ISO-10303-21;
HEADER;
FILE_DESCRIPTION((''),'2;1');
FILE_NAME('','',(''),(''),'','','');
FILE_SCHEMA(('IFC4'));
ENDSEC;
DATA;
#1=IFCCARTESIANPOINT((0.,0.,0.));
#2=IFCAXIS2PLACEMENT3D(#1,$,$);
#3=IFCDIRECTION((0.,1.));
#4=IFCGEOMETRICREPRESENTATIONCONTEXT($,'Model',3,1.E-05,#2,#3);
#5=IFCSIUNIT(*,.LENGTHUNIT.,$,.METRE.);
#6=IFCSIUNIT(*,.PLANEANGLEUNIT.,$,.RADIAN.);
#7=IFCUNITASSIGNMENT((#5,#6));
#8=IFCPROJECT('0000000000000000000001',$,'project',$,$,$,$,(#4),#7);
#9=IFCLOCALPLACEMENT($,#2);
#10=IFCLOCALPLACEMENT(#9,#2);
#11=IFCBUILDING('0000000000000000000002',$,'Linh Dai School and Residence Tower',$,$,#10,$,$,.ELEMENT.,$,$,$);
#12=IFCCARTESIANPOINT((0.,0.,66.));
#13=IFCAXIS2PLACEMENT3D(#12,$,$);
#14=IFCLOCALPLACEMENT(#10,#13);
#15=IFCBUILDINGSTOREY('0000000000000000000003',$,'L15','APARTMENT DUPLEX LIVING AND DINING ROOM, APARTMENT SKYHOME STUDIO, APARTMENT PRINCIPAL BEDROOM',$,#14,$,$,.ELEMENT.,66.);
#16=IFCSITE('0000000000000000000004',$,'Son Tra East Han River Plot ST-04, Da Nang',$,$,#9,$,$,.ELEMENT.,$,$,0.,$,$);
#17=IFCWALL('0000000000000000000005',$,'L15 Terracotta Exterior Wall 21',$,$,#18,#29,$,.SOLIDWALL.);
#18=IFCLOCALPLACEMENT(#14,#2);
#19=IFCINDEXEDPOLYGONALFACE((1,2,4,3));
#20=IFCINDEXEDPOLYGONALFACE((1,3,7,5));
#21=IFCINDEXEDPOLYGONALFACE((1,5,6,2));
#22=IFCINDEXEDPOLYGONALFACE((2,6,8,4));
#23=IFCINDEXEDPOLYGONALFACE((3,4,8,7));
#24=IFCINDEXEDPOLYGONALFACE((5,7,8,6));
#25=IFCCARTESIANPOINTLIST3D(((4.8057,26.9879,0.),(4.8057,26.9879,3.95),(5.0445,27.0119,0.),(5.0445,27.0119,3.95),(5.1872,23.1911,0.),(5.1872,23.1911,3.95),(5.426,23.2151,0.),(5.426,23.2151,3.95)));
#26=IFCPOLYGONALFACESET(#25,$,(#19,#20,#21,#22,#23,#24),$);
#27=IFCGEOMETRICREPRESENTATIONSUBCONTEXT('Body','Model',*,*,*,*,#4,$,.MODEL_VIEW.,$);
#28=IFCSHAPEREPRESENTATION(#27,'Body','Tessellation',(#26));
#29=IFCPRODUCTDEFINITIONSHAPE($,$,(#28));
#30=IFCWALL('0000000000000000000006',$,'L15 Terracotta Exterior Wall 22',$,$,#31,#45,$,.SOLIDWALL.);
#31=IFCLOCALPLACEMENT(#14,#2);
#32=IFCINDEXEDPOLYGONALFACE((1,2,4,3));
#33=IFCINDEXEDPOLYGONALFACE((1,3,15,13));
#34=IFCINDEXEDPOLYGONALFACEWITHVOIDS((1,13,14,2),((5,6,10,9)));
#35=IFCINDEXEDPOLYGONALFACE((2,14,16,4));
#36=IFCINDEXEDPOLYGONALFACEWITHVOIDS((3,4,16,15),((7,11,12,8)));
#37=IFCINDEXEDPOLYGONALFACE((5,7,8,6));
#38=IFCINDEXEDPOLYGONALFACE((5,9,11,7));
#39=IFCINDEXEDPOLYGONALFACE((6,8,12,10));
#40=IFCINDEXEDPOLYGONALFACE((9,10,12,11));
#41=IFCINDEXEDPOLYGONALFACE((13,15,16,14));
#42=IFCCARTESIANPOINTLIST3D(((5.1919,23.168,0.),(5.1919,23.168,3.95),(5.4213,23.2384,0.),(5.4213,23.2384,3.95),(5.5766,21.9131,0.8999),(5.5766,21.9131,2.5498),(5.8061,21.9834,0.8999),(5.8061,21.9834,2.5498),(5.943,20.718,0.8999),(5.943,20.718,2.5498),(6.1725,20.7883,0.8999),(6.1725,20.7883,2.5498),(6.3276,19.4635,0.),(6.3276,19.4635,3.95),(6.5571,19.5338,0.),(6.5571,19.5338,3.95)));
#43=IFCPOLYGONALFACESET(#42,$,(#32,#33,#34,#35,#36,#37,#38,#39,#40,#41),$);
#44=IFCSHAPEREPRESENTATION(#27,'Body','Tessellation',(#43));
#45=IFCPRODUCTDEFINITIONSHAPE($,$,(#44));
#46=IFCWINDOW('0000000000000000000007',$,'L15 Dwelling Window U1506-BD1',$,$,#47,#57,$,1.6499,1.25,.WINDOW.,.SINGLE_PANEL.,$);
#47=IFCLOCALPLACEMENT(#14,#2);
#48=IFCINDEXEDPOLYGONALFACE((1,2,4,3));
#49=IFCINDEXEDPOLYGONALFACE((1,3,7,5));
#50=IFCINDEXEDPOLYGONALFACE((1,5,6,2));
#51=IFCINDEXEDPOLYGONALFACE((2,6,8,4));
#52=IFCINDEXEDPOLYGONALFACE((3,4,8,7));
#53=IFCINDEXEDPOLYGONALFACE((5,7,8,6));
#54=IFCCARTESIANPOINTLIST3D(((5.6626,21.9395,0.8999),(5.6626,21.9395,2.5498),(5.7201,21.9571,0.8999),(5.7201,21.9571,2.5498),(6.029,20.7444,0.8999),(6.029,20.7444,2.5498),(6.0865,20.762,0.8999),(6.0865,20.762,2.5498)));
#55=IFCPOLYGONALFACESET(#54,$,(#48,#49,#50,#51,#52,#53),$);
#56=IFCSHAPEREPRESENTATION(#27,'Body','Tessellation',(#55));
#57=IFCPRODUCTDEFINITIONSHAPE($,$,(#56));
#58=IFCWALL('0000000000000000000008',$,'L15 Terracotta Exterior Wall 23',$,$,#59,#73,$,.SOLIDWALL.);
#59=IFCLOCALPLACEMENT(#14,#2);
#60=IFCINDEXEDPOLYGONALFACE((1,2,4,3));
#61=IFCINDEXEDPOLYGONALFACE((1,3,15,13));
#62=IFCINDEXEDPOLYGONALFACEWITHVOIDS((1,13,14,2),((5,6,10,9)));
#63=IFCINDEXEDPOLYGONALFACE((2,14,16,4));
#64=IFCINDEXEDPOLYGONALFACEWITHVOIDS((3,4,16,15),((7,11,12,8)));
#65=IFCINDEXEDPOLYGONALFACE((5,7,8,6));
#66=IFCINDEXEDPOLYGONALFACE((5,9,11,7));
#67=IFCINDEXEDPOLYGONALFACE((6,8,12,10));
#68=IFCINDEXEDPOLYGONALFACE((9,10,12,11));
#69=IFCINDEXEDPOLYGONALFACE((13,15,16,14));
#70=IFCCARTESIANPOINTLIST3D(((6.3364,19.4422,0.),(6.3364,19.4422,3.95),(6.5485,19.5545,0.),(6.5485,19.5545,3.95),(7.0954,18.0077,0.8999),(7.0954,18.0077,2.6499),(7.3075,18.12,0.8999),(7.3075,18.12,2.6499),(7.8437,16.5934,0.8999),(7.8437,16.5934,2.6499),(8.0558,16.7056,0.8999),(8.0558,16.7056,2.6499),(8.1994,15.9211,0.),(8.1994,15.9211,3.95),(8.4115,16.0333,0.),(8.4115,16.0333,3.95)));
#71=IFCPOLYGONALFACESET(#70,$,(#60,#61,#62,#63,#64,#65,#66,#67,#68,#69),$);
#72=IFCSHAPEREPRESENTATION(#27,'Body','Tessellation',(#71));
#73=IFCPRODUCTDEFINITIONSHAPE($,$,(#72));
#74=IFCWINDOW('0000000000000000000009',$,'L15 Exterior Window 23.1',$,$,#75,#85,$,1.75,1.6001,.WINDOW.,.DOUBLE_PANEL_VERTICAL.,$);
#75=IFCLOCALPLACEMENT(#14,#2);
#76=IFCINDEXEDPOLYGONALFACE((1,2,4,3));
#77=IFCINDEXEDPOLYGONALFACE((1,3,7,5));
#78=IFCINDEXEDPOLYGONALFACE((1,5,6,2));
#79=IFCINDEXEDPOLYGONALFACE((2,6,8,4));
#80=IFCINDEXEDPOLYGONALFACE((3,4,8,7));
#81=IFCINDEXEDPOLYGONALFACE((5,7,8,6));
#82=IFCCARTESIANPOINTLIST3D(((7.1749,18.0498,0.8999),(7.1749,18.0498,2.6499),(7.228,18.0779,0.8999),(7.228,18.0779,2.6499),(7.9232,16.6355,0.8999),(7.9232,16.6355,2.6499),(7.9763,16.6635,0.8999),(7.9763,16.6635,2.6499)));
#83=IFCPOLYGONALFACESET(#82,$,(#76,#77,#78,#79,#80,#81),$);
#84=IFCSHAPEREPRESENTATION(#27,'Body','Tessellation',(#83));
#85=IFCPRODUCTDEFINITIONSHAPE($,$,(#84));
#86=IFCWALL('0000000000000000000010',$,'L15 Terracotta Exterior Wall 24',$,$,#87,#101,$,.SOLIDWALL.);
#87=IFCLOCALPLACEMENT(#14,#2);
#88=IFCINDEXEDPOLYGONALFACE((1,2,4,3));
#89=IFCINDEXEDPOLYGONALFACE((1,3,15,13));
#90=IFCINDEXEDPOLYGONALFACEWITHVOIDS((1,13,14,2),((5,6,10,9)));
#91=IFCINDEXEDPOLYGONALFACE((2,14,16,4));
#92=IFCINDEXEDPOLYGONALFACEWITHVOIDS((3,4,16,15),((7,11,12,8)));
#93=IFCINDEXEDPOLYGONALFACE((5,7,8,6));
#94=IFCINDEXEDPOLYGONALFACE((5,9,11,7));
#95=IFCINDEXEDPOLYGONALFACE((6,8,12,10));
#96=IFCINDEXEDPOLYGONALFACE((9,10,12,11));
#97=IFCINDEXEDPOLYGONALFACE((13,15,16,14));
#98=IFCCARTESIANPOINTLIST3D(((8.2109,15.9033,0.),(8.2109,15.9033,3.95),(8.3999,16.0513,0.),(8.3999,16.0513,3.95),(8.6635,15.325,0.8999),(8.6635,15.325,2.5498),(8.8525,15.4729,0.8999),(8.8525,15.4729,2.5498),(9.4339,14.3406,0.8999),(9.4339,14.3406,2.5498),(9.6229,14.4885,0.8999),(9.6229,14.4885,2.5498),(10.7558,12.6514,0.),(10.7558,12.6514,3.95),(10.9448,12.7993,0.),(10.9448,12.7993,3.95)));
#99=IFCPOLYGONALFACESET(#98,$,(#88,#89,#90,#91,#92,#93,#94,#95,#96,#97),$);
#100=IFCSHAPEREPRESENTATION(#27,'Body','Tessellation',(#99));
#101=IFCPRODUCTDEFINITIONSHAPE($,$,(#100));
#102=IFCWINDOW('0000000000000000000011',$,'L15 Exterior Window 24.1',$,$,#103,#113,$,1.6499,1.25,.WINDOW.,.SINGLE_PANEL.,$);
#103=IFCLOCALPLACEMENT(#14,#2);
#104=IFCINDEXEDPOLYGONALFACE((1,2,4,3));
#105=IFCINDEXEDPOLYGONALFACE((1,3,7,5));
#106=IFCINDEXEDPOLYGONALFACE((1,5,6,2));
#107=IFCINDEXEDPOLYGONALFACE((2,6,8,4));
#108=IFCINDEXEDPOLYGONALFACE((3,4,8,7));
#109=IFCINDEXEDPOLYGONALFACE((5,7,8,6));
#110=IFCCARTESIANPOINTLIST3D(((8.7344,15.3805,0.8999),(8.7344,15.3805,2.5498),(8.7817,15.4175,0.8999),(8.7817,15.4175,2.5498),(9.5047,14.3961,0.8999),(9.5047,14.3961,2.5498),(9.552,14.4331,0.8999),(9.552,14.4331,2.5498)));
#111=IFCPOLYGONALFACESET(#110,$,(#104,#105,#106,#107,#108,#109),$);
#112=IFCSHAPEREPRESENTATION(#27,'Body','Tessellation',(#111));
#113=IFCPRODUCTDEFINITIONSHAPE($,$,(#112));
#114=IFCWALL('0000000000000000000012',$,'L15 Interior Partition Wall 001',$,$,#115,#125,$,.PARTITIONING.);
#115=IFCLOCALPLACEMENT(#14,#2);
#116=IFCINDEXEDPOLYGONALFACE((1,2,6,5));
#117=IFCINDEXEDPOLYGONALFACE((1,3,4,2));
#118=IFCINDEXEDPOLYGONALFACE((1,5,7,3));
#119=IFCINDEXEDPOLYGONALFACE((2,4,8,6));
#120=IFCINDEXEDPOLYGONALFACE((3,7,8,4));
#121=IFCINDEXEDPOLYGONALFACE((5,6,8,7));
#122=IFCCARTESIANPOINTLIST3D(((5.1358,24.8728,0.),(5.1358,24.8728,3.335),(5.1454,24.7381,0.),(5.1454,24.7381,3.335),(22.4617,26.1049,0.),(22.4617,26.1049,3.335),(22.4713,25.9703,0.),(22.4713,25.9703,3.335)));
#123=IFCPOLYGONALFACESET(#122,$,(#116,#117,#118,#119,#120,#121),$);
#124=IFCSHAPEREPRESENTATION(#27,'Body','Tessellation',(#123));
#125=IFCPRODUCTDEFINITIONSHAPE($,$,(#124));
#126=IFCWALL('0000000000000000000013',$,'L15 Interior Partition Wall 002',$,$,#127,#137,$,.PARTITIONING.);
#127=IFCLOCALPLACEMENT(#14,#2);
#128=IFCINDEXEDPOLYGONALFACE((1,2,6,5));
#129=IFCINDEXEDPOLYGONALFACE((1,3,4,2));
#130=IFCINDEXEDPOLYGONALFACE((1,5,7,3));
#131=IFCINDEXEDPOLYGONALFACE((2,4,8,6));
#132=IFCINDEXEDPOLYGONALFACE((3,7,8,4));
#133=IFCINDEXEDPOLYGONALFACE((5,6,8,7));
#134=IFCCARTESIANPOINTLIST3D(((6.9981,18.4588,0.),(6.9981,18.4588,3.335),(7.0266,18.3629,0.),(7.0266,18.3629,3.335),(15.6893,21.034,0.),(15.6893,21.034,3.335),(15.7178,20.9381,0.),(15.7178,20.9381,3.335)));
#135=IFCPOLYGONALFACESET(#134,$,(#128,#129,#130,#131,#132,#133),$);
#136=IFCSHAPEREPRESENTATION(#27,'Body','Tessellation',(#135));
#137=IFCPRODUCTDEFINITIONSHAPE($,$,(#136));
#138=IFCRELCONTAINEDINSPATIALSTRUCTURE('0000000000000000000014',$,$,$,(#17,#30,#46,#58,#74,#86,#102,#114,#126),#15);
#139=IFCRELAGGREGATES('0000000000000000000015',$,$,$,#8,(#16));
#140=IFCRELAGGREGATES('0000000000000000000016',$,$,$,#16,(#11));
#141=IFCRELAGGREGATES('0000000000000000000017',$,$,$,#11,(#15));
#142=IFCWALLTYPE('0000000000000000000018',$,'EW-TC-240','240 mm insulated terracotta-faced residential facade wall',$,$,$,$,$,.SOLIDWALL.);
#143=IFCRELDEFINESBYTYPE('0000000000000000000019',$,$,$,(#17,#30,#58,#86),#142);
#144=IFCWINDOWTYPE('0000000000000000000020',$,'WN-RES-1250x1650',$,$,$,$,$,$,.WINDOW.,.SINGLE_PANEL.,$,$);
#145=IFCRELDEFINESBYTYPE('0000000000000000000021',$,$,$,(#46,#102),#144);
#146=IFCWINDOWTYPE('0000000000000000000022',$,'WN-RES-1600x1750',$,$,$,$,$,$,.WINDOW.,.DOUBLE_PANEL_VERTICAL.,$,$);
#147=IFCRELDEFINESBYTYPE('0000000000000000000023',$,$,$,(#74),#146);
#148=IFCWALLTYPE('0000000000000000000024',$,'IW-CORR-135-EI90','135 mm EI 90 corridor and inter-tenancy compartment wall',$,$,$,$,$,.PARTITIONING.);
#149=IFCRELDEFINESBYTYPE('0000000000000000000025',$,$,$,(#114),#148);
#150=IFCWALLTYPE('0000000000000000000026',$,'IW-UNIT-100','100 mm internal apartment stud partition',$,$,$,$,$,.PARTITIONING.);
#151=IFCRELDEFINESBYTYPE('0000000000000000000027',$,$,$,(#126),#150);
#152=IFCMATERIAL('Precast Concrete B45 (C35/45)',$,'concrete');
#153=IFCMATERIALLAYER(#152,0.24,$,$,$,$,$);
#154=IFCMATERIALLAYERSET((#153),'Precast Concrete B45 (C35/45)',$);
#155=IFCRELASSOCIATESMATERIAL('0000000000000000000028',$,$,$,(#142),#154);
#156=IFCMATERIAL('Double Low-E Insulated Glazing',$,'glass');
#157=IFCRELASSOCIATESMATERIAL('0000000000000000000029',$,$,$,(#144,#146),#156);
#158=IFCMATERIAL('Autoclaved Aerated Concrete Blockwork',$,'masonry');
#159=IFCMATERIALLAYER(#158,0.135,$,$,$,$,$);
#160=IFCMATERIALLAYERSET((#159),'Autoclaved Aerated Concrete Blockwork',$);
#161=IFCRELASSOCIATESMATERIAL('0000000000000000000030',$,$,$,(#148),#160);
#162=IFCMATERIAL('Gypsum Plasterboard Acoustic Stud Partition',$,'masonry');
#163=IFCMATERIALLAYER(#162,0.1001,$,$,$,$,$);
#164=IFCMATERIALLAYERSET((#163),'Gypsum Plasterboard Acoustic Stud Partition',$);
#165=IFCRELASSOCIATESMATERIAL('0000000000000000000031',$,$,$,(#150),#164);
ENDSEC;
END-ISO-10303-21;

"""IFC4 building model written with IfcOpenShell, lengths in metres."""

from ifc_helpers import new_model, si_unit, direction, frame, frame_2d, origin, origin_2d, place, context, subcontext, project, spatial, rectangle, extrude, source, transform, mapped, material, layer, layer_set, type_object, element, fill, save


model = new_model("IFC4")

# Units and contexts
model_context = context("Model", 3, precision=1e-05, world=origin(), true_north=direction((0.0, 1.0)))
body_context = subcontext(model_context, "Body", "Model", "MODEL_VIEW")
ifc_project = project(units=[si_unit("LENGTHUNIT", "METRE"), si_unit("PLANEANGLEUNIT", "RADIAN")], contexts=[model_context])

# Site, building, storey
site_placement = place(None, origin())
site = spatial("IfcSite", under=ifc_project, at=site_placement, Name="Son Tra East Han River Plot ST-04, Da Nang", CompositionType="ELEMENT", RefElevation=0.0)
building_placement = place(site_placement, origin())
building = spatial("IfcBuilding", under=site, at=building_placement, Name="Linh Dai School and Residence Tower", CompositionType="ELEMENT")
storey_placement = place(building_placement, frame((0.0, 0.0, 66.0)))
storey = spatial("IfcBuildingStorey", under=building, at=storey_placement, Name="L15", Description="APARTMENT DUPLEX LIVING AND DINING ROOM, APARTMENT SKYHOME STUDIO, APARTMENT PRINCIPAL BEDROOM", CompositionType="ELEMENT", Elevation=66.0)

# Shared definitions
ifc_material_1 = material(Name="Precast Concrete B45 (C35/45)", Category="concrete")

# Wall
ifc_layer_1 = layer(ifc_material_1, 0.24)
ifc_layer_set_1 = layer_set([ifc_layer_1], Name="Precast Concrete B45 (C35/45)")
wall_type_1 = type_object("IfcWallType", Name="EW-TC-240", Description="240 mm insulated terracotta-faced residential facade wall", PredefinedType="SOLIDWALL", material=ifc_layer_set_1)
wall_1_placement = place(storey_placement, frame((5.3066, 23.2031, 0.0), z_axis=(0.0, 0.0, 1.0), x_axis=(-0.099998, 0.994988, 0.0)))
element("IfcWall", 1, at=wall_1_placement, inside=storey, type_object=wall_type_1, Name="L15 Terracotta Exterior Wall 21", PredefinedType="SOLIDWALL", context=body_context, shape_type="SweptSolid", body=[
    extrude(rectangle(XDim=3.8159, YDim=0.24, at=frame_2d((1.908, 0.0))), origin(), (0.0, 0.0, 1.0), 3.95),
])

# Walls, openings, windows
wall_2_placement = place(storey_placement, frame((6.4424, 19.4985, 0.0), z_axis=(0.0, 0.0, 1.0), x_axis=(-0.293112, 0.956078, 0.0)))
wall_2 = element("IfcWall", 2, at=wall_2_placement, inside=storey, type_object=wall_type_1, Name="L15 Terracotta Exterior Wall 22", PredefinedType="SOLIDWALL", context=body_context, shape_type="SweptSolid", body=[
    extrude(rectangle(XDim=3.8748, YDim=0.24, at=frame_2d((1.9375, 0.0))), origin(), (0.0, 0.0, 1.0), 3.95),
])
opening_1_placement = place(wall_2_placement, frame((1.3123, 0.0, 0.8999)))
opening_1 = element("IfcOpeningElement", 3, at=opening_1_placement, cuts=wall_2, PredefinedType="OPENING", context=body_context, shape_type="SweptSolid", body=[
    extrude(rectangle(XDim=1.25, YDim=1.6499, at=origin_2d()), frame((0.625, 0.1299, 0.825), z_axis=(0.0, -1.0, 0.0), x_axis=(1.0, 0.0, 0.0)), (0.0, 0.0, 1.0), 0.26),
])
ifc_material_2 = material(Name="Double Low-E Insulated Glazing", Category="glass")
window_type_1 = type_object("IfcWindowType", Name="WN-RES-1250x1650", PartitioningType="SINGLE_PANEL", PredefinedType="WINDOW", material=ifc_material_2)
shared_shape_1 = source(origin(), body_context, "Body", "SweptSolid", [
    extrude(rectangle(XDim=1.25, YDim=1.6499, at=origin_2d()), frame((0.625, 0.03, 0.825), z_axis=(0.0, -1.0, 0.0), x_axis=(1.0, 0.0, 0.0)), (0.0, 0.0, 1.0), 0.0601),
])
window_1_placement = place(opening_1_placement, origin())
window_1 = element("IfcWindow", 4, at=window_1_placement, inside=storey, type_object=window_type_1, Name="L15 Dwelling Window U1506-BD1", OverallHeight=1.6499, OverallWidth=1.25, PartitioningType="SINGLE_PANEL", PredefinedType="WINDOW", context=body_context, shape_type="MappedRepresentation", body=[
    mapped(shared_shape_1, transform((0.0, 0.0, 0.0), x_axis=(1.0, 0.0, 0.0), y_axis=(0.0, 1.0, 0.0), z_axis=(0.0, 0.0, 1.0), scale=1.0)),
])
fill(opening_1, window_1)
wall_3_placement = place(storey_placement, frame((8.3054, 15.9773, 0.0), z_axis=(0.0, 0.0, 1.0), x_axis=(-0.467662, 0.883907, 0.0)))
wall_3 = element("IfcWall", 5, at=wall_3_placement, inside=storey, type_object=wall_type_1, Name="L15 Terracotta Exterior Wall 23", PredefinedType="SOLIDWALL", context=body_context, shape_type="SweptSolid", body=[
    extrude(rectangle(XDim=3.9836, YDim=0.24, at=frame_2d((1.9917, 0.0))), origin(), (0.0, 0.0, 1.0), 3.95),
])
opening_2_placement = place(wall_3_placement, frame((0.7605, 0.0, 0.8999)))
opening_2 = element("IfcOpeningElement", 6, at=opening_2_placement, cuts=wall_3, PredefinedType="OPENING", context=body_context, shape_type="SweptSolid", body=[
    extrude(rectangle(XDim=1.6001, YDim=1.75, at=origin_2d()), frame((0.8, 0.1299, 0.875), z_axis=(0.0, -1.0, 0.0), x_axis=(1.0, 0.0, 0.0)), (0.0, 0.0, 1.0), 0.26),
])
window_type_2 = type_object("IfcWindowType", Name="WN-RES-1600x1750", PartitioningType="DOUBLE_PANEL_VERTICAL", PredefinedType="WINDOW", material=ifc_material_2)
shared_shape_2 = source(origin(), body_context, "Body", "SweptSolid", [
    extrude(rectangle(XDim=1.6001, YDim=1.75, at=origin_2d()), frame((0.8, 0.03, 0.875), z_axis=(0.0, -1.0, 0.0), x_axis=(1.0, 0.0, 0.0)), (0.0, 0.0, 1.0), 0.0601),
])
window_2_placement = place(opening_2_placement, origin())
window_2 = element("IfcWindow", 7, at=window_2_placement, inside=storey, type_object=window_type_2, Name="L15 Exterior Window 23.1", OverallHeight=1.75, OverallWidth=1.6001, PartitioningType="DOUBLE_PANEL_VERTICAL", PredefinedType="WINDOW", context=body_context, shape_type="MappedRepresentation", body=[
    mapped(shared_shape_2, transform((0.0, 0.0, 0.0), x_axis=(1.0, 0.0, 0.0), y_axis=(0.0, 1.0, 0.0), z_axis=(0.0, 0.0, 1.0), scale=1.0)),
])
fill(opening_2, window_2)
wall_4_placement = place(storey_placement, frame((10.8503, 12.7253, 0.0), z_axis=(0.0, 0.0, 1.0), x_axis=(-0.616296, 0.787515, 0.0)))
wall_4 = element("IfcWall", 8, at=wall_4_placement, inside=storey, type_object=wall_type_1, Name="L15 Terracotta Exterior Wall 24", PredefinedType="SOLIDWALL", context=body_context, shape_type="SweptSolid", body=[
    extrude(rectangle(XDim=4.1294, YDim=0.24, at=frame_2d((2.0647, 0.0))), origin(), (0.0, 0.0, 1.0), 3.95),
])
opening_3_placement = place(wall_4_placement, frame((2.145, 0.0, 0.8999)))
opening_3 = element("IfcOpeningElement", 9, at=opening_3_placement, cuts=wall_4, PredefinedType="OPENING", context=body_context, shape_type="SweptSolid", body=[
    extrude(rectangle(XDim=1.25, YDim=1.6499, at=origin_2d()), frame((0.625, 0.1299, 0.825), z_axis=(0.0, -1.0, 0.0), x_axis=(1.0, 0.0, 0.0)), (0.0, 0.0, 1.0), 0.26),
])
window_3_placement = place(opening_3_placement, origin())
window_3 = element("IfcWindow", 10, at=window_3_placement, inside=storey, type_object=window_type_1, Name="L15 Exterior Window 24.1", OverallHeight=1.6499, OverallWidth=1.25, PartitioningType="SINGLE_PANEL", PredefinedType="WINDOW", context=body_context, shape_type="MappedRepresentation", body=[
    mapped(shared_shape_1, transform((0.0, 0.0, 0.0), x_axis=(1.0, 0.0, 0.0), y_axis=(0.0, 1.0, 0.0), z_axis=(0.0, 0.0, 1.0), scale=1.0)),
])
fill(opening_3, window_3)

# Walls
ifc_material_3 = material(Name="Autoclaved Aerated Concrete Blockwork", Category="masonry")
ifc_layer_2 = layer(ifc_material_3, 0.135)
ifc_layer_set_2 = layer_set([ifc_layer_2], Name="Autoclaved Aerated Concrete Blockwork")
wall_type_2 = type_object("IfcWallType", Name="IW-CORR-135-EI90", Description="135 mm EI 90 corridor and inter-tenancy compartment wall", PredefinedType="PARTITIONING", material=ifc_layer_set_2)
wall_5_placement = place(storey_placement, frame((5.1406, 24.8054, 0.0), z_axis=(0.0, 0.0, 1.0), x_axis=(0.997481, 0.070938, 0.0)))
element("IfcWall", 11, at=wall_5_placement, inside=storey, type_object=wall_type_2, Name="L15 Interior Partition Wall 001", PredefinedType="PARTITIONING", context=body_context, shape_type="SweptSolid", body=[
    extrude(rectangle(XDim=17.3696, YDim=0.135, at=frame_2d((8.6848, 0.0))), origin(), (0.0, 0.0, 1.0), 3.335),
])
ifc_material_4 = material(Name="Gypsum Plasterboard Acoustic Stud Partition", Category="masonry")
ifc_layer_3 = layer(ifc_material_4, 0.1001)
ifc_layer_set_3 = layer_set([ifc_layer_3], Name="Gypsum Plasterboard Acoustic Stud Partition")
wall_type_3 = type_object("IfcWallType", Name="IW-UNIT-100", Description="100 mm internal apartment stud partition", PredefinedType="PARTITIONING", material=ifc_layer_set_3)
wall_6_placement = place(storey_placement, frame((7.0125, 18.4109, 0.0), z_axis=(0.0, 0.0, 1.0), x_axis=(0.958797, 0.284092, 0.0)))
element("IfcWall", 12, at=wall_6_placement, inside=storey, type_object=wall_type_3, Name="L15 Interior Partition Wall 002", PredefinedType="PARTITIONING", context=body_context, shape_type="SweptSolid", body=[
    extrude(rectangle(XDim=9.0647, YDim=0.1001, at=frame_2d((4.5322, 0.0))), origin(), (0.0, 0.0, 1.0), 3.335),
])

save(model, "model.ifc")
